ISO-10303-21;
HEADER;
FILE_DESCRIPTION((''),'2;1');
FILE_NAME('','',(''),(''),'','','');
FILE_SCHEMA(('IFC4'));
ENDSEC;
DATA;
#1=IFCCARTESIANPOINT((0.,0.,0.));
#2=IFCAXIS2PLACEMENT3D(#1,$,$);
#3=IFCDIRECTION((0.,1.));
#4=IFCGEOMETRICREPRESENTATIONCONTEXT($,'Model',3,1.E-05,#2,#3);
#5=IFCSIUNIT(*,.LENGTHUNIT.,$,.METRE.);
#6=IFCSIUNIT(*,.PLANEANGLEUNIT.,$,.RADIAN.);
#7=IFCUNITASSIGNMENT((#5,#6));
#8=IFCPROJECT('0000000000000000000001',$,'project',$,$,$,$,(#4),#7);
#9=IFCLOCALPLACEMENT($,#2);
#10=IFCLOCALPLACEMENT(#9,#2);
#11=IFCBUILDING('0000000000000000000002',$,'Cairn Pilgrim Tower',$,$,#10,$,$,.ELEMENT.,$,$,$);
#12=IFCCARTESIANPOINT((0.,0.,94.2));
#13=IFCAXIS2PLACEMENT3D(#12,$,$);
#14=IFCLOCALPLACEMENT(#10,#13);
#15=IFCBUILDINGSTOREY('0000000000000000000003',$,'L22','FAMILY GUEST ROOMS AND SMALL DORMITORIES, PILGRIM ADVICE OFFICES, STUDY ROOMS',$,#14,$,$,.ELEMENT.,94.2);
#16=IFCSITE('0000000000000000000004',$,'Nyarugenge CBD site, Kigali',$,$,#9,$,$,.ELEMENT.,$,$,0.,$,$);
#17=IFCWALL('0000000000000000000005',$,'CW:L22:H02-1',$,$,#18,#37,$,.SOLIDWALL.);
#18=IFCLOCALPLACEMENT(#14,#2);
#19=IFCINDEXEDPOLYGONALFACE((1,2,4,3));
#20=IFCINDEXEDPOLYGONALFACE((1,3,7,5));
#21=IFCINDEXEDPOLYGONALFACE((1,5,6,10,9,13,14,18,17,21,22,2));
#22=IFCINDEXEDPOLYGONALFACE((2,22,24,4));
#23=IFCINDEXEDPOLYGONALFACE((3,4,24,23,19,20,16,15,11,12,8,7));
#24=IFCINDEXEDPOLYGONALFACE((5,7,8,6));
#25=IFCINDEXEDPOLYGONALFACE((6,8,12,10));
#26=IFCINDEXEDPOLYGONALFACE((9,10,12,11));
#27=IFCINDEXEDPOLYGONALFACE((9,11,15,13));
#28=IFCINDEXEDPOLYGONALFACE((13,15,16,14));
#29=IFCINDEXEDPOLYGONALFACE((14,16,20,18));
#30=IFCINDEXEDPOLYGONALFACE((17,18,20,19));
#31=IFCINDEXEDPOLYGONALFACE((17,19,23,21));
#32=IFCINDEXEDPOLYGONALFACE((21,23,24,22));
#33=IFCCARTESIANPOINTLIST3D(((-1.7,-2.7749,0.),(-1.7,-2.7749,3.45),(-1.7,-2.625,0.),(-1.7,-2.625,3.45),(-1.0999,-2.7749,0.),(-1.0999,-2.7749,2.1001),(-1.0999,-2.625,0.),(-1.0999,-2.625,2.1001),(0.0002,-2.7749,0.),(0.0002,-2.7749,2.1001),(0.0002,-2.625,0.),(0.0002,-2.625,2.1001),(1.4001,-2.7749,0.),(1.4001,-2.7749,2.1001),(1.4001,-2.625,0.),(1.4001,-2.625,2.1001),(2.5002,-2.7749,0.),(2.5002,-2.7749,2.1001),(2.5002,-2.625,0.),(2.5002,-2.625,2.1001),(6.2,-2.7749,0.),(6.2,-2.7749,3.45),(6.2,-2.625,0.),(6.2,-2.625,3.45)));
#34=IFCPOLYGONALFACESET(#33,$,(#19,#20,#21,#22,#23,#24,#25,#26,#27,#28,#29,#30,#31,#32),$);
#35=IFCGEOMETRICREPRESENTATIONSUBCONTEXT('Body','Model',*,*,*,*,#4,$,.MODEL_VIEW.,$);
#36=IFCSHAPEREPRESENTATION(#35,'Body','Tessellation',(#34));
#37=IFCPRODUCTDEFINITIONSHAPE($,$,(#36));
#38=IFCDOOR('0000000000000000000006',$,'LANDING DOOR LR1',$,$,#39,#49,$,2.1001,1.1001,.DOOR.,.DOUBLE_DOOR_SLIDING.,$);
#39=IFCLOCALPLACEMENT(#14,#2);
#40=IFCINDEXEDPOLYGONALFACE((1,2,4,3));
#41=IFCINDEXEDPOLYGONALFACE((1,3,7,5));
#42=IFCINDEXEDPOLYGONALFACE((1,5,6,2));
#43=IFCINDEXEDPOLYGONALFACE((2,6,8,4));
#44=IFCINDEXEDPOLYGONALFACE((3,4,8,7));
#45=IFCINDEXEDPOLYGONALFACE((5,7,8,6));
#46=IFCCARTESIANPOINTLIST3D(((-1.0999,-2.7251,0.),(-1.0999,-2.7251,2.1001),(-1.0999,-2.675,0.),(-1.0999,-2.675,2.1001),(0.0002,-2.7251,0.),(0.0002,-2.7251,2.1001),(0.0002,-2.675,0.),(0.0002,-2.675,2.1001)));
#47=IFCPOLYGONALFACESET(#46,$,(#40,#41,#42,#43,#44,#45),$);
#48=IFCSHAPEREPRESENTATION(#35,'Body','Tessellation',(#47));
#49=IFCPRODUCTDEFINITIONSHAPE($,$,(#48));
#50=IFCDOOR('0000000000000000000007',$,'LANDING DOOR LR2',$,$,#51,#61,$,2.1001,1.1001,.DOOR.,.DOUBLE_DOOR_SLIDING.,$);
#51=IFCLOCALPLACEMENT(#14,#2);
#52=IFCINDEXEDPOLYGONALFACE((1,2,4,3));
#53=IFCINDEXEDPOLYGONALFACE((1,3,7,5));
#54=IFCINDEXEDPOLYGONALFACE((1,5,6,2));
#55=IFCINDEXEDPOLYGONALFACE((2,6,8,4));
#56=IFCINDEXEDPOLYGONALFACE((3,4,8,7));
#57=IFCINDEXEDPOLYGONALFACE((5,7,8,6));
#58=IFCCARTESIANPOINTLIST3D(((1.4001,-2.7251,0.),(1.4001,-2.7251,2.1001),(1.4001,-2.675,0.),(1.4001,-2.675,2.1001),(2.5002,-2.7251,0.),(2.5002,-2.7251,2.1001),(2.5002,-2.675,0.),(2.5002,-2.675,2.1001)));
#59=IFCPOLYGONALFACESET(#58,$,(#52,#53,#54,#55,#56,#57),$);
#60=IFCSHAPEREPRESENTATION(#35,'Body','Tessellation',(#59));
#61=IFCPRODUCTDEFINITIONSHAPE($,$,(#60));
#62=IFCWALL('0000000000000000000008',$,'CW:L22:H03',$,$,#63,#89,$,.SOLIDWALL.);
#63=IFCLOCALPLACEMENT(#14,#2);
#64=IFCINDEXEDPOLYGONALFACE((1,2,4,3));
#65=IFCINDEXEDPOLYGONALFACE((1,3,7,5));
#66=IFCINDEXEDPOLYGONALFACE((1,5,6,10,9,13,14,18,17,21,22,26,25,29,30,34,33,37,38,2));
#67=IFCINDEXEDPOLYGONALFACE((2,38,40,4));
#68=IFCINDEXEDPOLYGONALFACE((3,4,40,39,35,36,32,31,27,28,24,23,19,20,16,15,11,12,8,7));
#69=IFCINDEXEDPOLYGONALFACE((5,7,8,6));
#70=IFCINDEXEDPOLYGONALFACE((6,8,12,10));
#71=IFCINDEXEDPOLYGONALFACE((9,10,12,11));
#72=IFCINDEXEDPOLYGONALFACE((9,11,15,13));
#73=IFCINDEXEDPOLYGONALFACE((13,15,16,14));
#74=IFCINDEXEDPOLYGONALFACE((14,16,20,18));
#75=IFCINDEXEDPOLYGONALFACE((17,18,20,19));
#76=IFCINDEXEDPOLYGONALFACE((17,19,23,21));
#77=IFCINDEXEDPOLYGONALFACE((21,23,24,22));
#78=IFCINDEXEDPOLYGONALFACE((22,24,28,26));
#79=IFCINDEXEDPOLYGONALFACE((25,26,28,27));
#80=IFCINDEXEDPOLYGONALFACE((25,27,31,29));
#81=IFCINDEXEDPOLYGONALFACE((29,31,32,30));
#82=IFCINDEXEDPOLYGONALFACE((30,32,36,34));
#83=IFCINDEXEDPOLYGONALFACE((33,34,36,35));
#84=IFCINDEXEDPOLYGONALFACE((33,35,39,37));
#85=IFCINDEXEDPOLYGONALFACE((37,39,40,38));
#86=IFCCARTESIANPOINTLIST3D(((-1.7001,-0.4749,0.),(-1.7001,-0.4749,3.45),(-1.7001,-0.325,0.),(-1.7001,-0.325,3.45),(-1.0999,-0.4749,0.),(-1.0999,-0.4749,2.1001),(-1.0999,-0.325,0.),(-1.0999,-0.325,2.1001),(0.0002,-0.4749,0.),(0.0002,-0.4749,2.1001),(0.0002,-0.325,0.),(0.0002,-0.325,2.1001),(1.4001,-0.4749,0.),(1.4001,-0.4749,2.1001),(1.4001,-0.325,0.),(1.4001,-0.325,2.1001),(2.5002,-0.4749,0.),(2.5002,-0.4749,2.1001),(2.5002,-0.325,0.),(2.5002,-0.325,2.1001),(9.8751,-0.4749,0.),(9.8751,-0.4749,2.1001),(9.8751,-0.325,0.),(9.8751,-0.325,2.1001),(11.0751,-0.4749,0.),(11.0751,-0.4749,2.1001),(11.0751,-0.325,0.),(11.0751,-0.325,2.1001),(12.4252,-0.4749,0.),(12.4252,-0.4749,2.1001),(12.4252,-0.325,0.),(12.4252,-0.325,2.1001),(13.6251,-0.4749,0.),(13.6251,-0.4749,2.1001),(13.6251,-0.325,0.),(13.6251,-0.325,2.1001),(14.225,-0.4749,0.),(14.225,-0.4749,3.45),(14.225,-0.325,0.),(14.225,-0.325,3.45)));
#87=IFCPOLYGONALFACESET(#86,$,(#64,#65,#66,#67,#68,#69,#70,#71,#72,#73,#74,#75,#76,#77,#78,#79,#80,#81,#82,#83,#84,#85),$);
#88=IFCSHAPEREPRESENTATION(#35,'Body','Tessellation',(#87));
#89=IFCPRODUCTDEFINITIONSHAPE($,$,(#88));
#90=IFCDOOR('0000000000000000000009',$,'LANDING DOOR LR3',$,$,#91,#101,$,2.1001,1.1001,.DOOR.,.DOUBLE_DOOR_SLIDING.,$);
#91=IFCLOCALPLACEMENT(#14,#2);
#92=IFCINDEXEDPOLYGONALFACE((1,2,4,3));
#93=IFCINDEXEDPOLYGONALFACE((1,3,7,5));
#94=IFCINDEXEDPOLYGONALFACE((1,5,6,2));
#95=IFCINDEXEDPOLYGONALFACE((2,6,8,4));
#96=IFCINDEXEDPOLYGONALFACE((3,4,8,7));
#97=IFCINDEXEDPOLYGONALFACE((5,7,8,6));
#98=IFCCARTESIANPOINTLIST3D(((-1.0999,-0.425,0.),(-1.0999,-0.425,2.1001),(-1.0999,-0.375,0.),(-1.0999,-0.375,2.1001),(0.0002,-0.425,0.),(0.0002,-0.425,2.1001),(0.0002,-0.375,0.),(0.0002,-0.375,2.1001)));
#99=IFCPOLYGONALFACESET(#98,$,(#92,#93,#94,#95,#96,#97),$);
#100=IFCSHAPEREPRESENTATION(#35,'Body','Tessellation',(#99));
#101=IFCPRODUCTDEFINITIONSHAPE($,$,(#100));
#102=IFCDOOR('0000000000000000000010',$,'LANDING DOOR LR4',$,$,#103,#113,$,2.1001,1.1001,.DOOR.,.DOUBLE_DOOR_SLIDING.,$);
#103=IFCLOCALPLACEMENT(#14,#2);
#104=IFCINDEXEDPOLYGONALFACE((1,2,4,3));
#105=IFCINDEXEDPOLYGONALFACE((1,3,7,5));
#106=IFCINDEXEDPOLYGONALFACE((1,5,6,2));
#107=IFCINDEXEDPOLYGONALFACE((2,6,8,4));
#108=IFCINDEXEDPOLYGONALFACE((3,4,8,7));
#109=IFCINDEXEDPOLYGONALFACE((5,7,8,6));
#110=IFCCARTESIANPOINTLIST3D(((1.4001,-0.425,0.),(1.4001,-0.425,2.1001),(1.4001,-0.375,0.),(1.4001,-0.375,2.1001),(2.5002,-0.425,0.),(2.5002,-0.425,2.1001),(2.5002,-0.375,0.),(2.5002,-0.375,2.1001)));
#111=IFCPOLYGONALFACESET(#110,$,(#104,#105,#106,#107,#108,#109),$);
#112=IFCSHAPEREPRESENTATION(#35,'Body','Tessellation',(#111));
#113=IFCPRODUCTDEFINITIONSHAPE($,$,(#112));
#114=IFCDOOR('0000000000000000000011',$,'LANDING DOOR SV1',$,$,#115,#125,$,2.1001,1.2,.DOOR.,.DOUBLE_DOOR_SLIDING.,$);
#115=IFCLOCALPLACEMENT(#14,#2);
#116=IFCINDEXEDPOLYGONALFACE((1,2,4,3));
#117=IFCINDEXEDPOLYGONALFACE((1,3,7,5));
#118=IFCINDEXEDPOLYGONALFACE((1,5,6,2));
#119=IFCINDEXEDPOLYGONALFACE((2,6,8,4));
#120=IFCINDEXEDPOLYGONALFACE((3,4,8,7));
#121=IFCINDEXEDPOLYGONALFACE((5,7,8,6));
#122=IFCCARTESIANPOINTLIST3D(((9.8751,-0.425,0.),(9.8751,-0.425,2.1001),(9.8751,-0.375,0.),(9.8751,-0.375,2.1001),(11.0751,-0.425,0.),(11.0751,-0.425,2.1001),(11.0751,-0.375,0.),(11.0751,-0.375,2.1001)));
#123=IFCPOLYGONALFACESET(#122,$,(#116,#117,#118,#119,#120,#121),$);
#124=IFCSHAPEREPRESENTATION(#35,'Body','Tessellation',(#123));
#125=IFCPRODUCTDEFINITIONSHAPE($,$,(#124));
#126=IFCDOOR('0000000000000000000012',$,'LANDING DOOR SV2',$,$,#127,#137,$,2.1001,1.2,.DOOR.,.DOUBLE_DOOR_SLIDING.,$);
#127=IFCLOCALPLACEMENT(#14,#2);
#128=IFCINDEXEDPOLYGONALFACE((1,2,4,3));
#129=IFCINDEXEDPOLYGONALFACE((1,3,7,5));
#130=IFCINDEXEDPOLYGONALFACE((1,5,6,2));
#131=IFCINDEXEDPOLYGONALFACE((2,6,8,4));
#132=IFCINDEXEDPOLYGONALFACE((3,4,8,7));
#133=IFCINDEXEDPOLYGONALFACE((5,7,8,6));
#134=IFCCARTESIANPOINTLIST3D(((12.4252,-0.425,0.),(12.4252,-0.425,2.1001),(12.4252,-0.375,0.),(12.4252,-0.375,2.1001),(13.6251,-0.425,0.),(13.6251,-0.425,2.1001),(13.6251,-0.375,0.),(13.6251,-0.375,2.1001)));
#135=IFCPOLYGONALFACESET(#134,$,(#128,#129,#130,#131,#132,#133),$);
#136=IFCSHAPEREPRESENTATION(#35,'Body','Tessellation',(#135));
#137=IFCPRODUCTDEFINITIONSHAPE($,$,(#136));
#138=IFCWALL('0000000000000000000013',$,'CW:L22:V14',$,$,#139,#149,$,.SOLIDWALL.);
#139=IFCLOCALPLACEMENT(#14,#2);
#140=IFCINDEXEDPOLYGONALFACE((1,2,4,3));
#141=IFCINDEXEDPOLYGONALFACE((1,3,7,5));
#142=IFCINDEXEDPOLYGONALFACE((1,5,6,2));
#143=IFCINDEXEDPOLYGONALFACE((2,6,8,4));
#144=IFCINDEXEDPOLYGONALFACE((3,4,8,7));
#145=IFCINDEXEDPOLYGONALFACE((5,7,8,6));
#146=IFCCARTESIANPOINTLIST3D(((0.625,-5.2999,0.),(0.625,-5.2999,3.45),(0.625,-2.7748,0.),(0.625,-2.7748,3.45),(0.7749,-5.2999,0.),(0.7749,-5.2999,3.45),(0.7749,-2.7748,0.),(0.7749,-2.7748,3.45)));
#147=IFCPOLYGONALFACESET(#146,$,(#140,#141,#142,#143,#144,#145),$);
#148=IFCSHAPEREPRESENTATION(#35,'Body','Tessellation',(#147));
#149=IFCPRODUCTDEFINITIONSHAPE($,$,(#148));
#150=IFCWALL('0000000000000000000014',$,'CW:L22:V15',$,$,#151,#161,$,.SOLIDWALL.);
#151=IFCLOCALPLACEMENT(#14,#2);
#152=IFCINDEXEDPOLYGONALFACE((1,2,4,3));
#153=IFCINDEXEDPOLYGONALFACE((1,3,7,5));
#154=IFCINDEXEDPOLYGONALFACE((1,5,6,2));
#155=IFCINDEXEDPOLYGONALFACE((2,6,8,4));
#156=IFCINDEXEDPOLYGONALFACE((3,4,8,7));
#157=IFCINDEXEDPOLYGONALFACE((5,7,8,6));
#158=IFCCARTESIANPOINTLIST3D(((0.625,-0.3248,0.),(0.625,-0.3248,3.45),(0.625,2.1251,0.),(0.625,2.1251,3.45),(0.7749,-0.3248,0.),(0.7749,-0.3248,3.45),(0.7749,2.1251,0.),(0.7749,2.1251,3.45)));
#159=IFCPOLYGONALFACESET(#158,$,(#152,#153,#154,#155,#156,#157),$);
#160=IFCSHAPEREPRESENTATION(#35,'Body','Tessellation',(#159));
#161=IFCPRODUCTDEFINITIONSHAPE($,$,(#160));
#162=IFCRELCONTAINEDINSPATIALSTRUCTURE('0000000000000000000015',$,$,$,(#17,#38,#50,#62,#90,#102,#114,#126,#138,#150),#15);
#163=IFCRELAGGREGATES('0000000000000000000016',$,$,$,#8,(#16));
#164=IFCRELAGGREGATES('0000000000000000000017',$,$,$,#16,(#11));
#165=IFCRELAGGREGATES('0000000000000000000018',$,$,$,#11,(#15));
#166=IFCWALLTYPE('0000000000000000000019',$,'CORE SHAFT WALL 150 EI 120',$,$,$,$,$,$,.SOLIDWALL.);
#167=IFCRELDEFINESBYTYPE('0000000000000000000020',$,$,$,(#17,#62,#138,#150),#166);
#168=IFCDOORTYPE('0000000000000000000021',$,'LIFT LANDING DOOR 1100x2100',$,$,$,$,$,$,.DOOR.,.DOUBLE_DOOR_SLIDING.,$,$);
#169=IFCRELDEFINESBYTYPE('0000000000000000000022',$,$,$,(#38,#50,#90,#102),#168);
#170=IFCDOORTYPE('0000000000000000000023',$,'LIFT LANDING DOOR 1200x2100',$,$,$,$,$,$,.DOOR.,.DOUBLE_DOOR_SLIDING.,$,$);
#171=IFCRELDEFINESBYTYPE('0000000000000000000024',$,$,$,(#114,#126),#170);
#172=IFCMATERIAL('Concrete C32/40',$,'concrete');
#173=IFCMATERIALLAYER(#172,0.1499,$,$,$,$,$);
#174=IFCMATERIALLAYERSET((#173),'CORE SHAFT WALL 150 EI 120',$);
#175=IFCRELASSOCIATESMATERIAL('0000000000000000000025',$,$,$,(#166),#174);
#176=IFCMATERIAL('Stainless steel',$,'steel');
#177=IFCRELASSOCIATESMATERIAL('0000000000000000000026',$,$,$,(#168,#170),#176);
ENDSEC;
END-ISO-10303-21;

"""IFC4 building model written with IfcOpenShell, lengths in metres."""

from ifc_helpers import new_model, si_unit, direction, frame, frame_2d, origin, place, context, subcontext, project, spatial, rectangle, extrude, material, layer, layer_set, type_object, element, fill, save


model = new_model("IFC4")

# Units and contexts
model_context = context("Model", 3, precision=1e-05, world=origin(), true_north=direction((0.0, 1.0)))
body_context = subcontext(model_context, "Body", "Model", "MODEL_VIEW")
ifc_project = project(units=[si_unit("LENGTHUNIT", "METRE"), si_unit("PLANEANGLEUNIT", "RADIAN")], contexts=[model_context])

# Site, building, storey
site_placement = place(None, origin())
site = spatial("IfcSite", under=ifc_project, at=site_placement, Name="Nyarugenge CBD site, Kigali", CompositionType="ELEMENT", RefElevation=0.0)
building_placement = place(site_placement, origin())
building = spatial("IfcBuilding", under=site, at=building_placement, Name="Cairn Pilgrim Tower", CompositionType="ELEMENT")
storey_placement = place(building_placement, frame((0.0, 0.0, 94.2)))
storey = spatial("IfcBuildingStorey", under=building, at=storey_placement, Name="L22", Description="FAMILY GUEST ROOMS AND SMALL DORMITORIES, PILGRIM ADVICE OFFICES, STUDY ROOMS", CompositionType="ELEMENT", Elevation=94.2)

# Shared definitions
ifc_material_1 = material(Name="Concrete C32/40", Category="concrete")

# Walls, openings, doors
ifc_layer_1 = layer(ifc_material_1, 0.1499)
ifc_layer_set_1 = layer_set([ifc_layer_1], Name="CORE SHAFT WALL 150 EI 120")
wall_type_1 = type_object("IfcWallType", Name="CORE SHAFT WALL 150 EI 120", PredefinedType="SOLIDWALL", material=ifc_layer_set_1)
wall_1_placement = place(storey_placement, frame((-1.7, -2.7, 0.0), z_axis=(0.0, 0.0, 1.0), x_axis=(1.0, 0.0, 0.0)))
wall_1 = element("IfcWall", 1, at=wall_1_placement, inside=storey, type_object=wall_type_1, Name="CW:L22:H02-1", PredefinedType="SOLIDWALL", context=body_context, shape_type="SweptSolid", body=[
    extrude(rectangle(XDim=7.8999, YDim=0.1499, at=frame_2d((3.95, 0.0))), origin(), (0.0, 0.0, 1.0), 3.45),
])
opening_1_placement = place(wall_1_placement, frame((0.6001, 0.0, 0.0)))
opening_1 = element("IfcOpeningElement", 2, at=opening_1_placement, cuts=wall_1, PredefinedType="OPENING", context=body_context, shape_type="SweptSolid", body=[
    extrude(rectangle(XDim=1.1001, YDim=2.1001, at=frame_2d((0.55, 1.05))), frame((0.0, 0.085, 0.0), z_axis=(0.0, -1.0, 0.0), x_axis=(1.0, 0.0, 0.0)), (0.0, 0.0, 1.0), 0.1699),
])
opening_2_placement = place(wall_1_placement, frame((3.1001, 0.0, 0.0)))
opening_2 = element("IfcOpeningElement", 3, at=opening_2_placement, cuts=wall_1, PredefinedType="OPENING", context=body_context, shape_type="SweptSolid", body=[
    extrude(rectangle(XDim=1.1001, YDim=2.1001, at=frame_2d((0.55, 1.05))), frame((0.0, 0.085, 0.0), z_axis=(0.0, -1.0, 0.0), x_axis=(1.0, 0.0, 0.0)), (0.0, 0.0, 1.0), 0.1699),
])
ifc_material_2 = material(Name="Stainless steel", Category="steel")
door_type_1 = type_object("IfcDoorType", Name="LIFT LANDING DOOR 1100x2100", OperationType="DOUBLE_DOOR_SLIDING", PredefinedType="DOOR", material=ifc_material_2)
door_1_placement = place(opening_1_placement, origin())
door_1 = element("IfcDoor", 4, at=door_1_placement, inside=storey, type_object=door_type_1, Name="LANDING DOOR LR1", OperationType="DOUBLE_DOOR_SLIDING", OverallHeight=2.1001, OverallWidth=1.1001, PredefinedType="DOOR", context=body_context, shape_type="SweptSolid", body=[
    extrude(rectangle(XDim=1.1001, YDim=2.1001, at=frame_2d((0.55, 1.05))), frame((0.0, 0.0249, 0.0), z_axis=(0.0, -1.0, 0.0), x_axis=(1.0, 0.0, 0.0)), (0.0, 0.0, 1.0), 0.05),
])
fill(opening_1, door_1)
door_2_placement = place(opening_2_placement, origin())
door_2 = element("IfcDoor", 5, at=door_2_placement, inside=storey, type_object=door_type_1, Name="LANDING DOOR LR2", OperationType="DOUBLE_DOOR_SLIDING", OverallHeight=2.1001, OverallWidth=1.1001, PredefinedType="DOOR", context=body_context, shape_type="SweptSolid", body=[
    extrude(rectangle(XDim=1.1001, YDim=2.1001, at=frame_2d((0.55, 1.05))), frame((0.0, 0.0249, 0.0), z_axis=(0.0, -1.0, 0.0), x_axis=(1.0, 0.0, 0.0)), (0.0, 0.0, 1.0), 0.05),
])
fill(opening_2, door_2)
wall_2_placement = place(storey_placement, frame((-1.7, -0.3999, 0.0), z_axis=(0.0, 0.0, 1.0), x_axis=(1.0, 0.0, 0.0)))
wall_2 = element("IfcWall", 6, at=wall_2_placement, inside=storey, type_object=wall_type_1, Name="CW:L22:H03", PredefinedType="SOLIDWALL", context=body_context, shape_type="SweptSolid", body=[
    extrude(rectangle(XDim=15.925, YDim=0.1499, at=frame_2d((7.9624, 0.0))), origin(), (0.0, 0.0, 1.0), 3.45),
])
opening_3_placement = place(wall_2_placement, frame((0.6001, 0.0, 0.0)))
opening_3 = element("IfcOpeningElement", 7, at=opening_3_placement, cuts=wall_2, PredefinedType="OPENING", context=body_context, shape_type="SweptSolid", body=[
    extrude(rectangle(XDim=1.1001, YDim=2.1001, at=frame_2d((0.55, 1.05))), frame((0.0, 0.085, 0.0), z_axis=(0.0, -1.0, 0.0), x_axis=(1.0, 0.0, 0.0)), (0.0, 0.0, 1.0), 0.1699),
])
opening_4_placement = place(wall_2_placement, frame((3.1001, 0.0, 0.0)))
opening_4 = element("IfcOpeningElement", 8, at=opening_4_placement, cuts=wall_2, PredefinedType="OPENING", context=body_context, shape_type="SweptSolid", body=[
    extrude(rectangle(XDim=1.1001, YDim=2.1001, at=frame_2d((0.55, 1.05))), frame((0.0, 0.085, 0.0), z_axis=(0.0, -1.0, 0.0), x_axis=(1.0, 0.0, 0.0)), (0.0, 0.0, 1.0), 0.1699),
])
opening_5_placement = place(wall_2_placement, frame((11.575, 0.0, 0.0)))
opening_5 = element("IfcOpeningElement", 9, at=opening_5_placement, cuts=wall_2, PredefinedType="OPENING", context=body_context, shape_type="SweptSolid", body=[
    extrude(rectangle(XDim=1.2, YDim=2.1001, at=frame_2d((0.6001, 1.05))), frame((0.0, 0.085, 0.0), z_axis=(0.0, -1.0, 0.0), x_axis=(1.0, 0.0, 0.0)), (0.0, 0.0, 1.0), 0.1699),
])
opening_6_placement = place(wall_2_placement, frame((14.125, 0.0, 0.0)))
opening_6 = element("IfcOpeningElement", 10, at=opening_6_placement, cuts=wall_2, PredefinedType="OPENING", context=body_context, shape_type="SweptSolid", body=[
    extrude(rectangle(XDim=1.2, YDim=2.1001, at=frame_2d((0.6001, 1.05))), frame((0.0, 0.085, 0.0), z_axis=(0.0, -1.0, 0.0), x_axis=(1.0, 0.0, 0.0)), (0.0, 0.0, 1.0), 0.1699),
])
door_3_placement = place(opening_3_placement, origin())
door_3 = element("IfcDoor", 11, at=door_3_placement, inside=storey, type_object=door_type_1, Name="LANDING DOOR LR3", OperationType="DOUBLE_DOOR_SLIDING", OverallHeight=2.1001, OverallWidth=1.1001, PredefinedType="DOOR", context=body_context, shape_type="SweptSolid", body=[
    extrude(rectangle(XDim=1.1001, YDim=2.1001, at=frame_2d((0.55, 1.05))), frame((0.0, 0.0249, 0.0), z_axis=(0.0, -1.0, 0.0), x_axis=(1.0, 0.0, 0.0)), (0.0, 0.0, 1.0), 0.05),
])
fill(opening_3, door_3)
door_4_placement = place(opening_4_placement, origin())
door_4 = element("IfcDoor", 12, at=door_4_placement, inside=storey, type_object=door_type_1, Name="LANDING DOOR LR4", OperationType="DOUBLE_DOOR_SLIDING", OverallHeight=2.1001, OverallWidth=1.1001, PredefinedType="DOOR", context=body_context, shape_type="SweptSolid", body=[
    extrude(rectangle(XDim=1.1001, YDim=2.1001, at=frame_2d((0.55, 1.05))), frame((0.0, 0.0249, 0.0), z_axis=(0.0, -1.0, 0.0), x_axis=(1.0, 0.0, 0.0)), (0.0, 0.0, 1.0), 0.05),
])
fill(opening_4, door_4)
door_type_2 = type_object("IfcDoorType", Name="LIFT LANDING DOOR 1200x2100", OperationType="DOUBLE_DOOR_SLIDING", PredefinedType="DOOR", material=ifc_material_2)
door_5_placement = place(opening_5_placement, origin())
door_5 = element("IfcDoor", 13, at=door_5_placement, inside=storey, type_object=door_type_2, Name="LANDING DOOR SV1", OperationType="DOUBLE_DOOR_SLIDING", OverallHeight=2.1001, OverallWidth=1.2, PredefinedType="DOOR", context=body_context, shape_type="SweptSolid", body=[
    extrude(rectangle(XDim=1.2, YDim=2.1001, at=frame_2d((0.6001, 1.05))), frame((0.0, 0.0249, 0.0), z_axis=(0.0, -1.0, 0.0), x_axis=(1.0, 0.0, 0.0)), (0.0, 0.0, 1.0), 0.05),
])
fill(opening_5, door_5)
door_6_placement = place(opening_6_placement, origin())
door_6 = element("IfcDoor", 14, at=door_6_placement, inside=storey, type_object=door_type_2, Name="LANDING DOOR SV2", OperationType="DOUBLE_DOOR_SLIDING", OverallHeight=2.1001, OverallWidth=1.2, PredefinedType="DOOR", context=body_context, shape_type="SweptSolid", body=[
    extrude(rectangle(XDim=1.2, YDim=2.1001, at=frame_2d((0.6001, 1.05))), frame((0.0, 0.0249, 0.0), z_axis=(0.0, -1.0, 0.0), x_axis=(1.0, 0.0, 0.0)), (0.0, 0.0, 1.0), 0.05),
])
fill(opening_6, door_6)

# Walls
wall_3_placement = place(storey_placement, frame((0.7, -5.3, 0.0), z_axis=(0.0, 0.0, 1.0), x_axis=(0.0, 1.0, 0.0)))
element("IfcWall", 15, at=wall_3_placement, inside=storey, type_object=wall_type_1, Name="CW:L22:V14", PredefinedType="SOLIDWALL", context=body_context, shape_type="SweptSolid", body=[
    extrude(rectangle(XDim=2.5251, YDim=0.1499, at=frame_2d((1.2627, 0.0))), origin(), (0.0, 0.0, 1.0), 3.45),
])
wall_4_placement = place(storey_placement, frame((0.7, -0.325, 0.0), z_axis=(0.0, 0.0, 1.0), x_axis=(0.0, 1.0, 0.0)))
element("IfcWall", 16, at=wall_4_placement, inside=storey, type_object=wall_type_1, Name="CW:L22:V15", PredefinedType="SOLIDWALL", context=body_context, shape_type="SweptSolid", body=[
    extrude(rectangle(XDim=2.45, YDim=0.1499, at=frame_2d((1.2251, 0.0))), origin(), (0.0, 0.0, 1.0), 3.45),
])

save(model, "model.ifc")
